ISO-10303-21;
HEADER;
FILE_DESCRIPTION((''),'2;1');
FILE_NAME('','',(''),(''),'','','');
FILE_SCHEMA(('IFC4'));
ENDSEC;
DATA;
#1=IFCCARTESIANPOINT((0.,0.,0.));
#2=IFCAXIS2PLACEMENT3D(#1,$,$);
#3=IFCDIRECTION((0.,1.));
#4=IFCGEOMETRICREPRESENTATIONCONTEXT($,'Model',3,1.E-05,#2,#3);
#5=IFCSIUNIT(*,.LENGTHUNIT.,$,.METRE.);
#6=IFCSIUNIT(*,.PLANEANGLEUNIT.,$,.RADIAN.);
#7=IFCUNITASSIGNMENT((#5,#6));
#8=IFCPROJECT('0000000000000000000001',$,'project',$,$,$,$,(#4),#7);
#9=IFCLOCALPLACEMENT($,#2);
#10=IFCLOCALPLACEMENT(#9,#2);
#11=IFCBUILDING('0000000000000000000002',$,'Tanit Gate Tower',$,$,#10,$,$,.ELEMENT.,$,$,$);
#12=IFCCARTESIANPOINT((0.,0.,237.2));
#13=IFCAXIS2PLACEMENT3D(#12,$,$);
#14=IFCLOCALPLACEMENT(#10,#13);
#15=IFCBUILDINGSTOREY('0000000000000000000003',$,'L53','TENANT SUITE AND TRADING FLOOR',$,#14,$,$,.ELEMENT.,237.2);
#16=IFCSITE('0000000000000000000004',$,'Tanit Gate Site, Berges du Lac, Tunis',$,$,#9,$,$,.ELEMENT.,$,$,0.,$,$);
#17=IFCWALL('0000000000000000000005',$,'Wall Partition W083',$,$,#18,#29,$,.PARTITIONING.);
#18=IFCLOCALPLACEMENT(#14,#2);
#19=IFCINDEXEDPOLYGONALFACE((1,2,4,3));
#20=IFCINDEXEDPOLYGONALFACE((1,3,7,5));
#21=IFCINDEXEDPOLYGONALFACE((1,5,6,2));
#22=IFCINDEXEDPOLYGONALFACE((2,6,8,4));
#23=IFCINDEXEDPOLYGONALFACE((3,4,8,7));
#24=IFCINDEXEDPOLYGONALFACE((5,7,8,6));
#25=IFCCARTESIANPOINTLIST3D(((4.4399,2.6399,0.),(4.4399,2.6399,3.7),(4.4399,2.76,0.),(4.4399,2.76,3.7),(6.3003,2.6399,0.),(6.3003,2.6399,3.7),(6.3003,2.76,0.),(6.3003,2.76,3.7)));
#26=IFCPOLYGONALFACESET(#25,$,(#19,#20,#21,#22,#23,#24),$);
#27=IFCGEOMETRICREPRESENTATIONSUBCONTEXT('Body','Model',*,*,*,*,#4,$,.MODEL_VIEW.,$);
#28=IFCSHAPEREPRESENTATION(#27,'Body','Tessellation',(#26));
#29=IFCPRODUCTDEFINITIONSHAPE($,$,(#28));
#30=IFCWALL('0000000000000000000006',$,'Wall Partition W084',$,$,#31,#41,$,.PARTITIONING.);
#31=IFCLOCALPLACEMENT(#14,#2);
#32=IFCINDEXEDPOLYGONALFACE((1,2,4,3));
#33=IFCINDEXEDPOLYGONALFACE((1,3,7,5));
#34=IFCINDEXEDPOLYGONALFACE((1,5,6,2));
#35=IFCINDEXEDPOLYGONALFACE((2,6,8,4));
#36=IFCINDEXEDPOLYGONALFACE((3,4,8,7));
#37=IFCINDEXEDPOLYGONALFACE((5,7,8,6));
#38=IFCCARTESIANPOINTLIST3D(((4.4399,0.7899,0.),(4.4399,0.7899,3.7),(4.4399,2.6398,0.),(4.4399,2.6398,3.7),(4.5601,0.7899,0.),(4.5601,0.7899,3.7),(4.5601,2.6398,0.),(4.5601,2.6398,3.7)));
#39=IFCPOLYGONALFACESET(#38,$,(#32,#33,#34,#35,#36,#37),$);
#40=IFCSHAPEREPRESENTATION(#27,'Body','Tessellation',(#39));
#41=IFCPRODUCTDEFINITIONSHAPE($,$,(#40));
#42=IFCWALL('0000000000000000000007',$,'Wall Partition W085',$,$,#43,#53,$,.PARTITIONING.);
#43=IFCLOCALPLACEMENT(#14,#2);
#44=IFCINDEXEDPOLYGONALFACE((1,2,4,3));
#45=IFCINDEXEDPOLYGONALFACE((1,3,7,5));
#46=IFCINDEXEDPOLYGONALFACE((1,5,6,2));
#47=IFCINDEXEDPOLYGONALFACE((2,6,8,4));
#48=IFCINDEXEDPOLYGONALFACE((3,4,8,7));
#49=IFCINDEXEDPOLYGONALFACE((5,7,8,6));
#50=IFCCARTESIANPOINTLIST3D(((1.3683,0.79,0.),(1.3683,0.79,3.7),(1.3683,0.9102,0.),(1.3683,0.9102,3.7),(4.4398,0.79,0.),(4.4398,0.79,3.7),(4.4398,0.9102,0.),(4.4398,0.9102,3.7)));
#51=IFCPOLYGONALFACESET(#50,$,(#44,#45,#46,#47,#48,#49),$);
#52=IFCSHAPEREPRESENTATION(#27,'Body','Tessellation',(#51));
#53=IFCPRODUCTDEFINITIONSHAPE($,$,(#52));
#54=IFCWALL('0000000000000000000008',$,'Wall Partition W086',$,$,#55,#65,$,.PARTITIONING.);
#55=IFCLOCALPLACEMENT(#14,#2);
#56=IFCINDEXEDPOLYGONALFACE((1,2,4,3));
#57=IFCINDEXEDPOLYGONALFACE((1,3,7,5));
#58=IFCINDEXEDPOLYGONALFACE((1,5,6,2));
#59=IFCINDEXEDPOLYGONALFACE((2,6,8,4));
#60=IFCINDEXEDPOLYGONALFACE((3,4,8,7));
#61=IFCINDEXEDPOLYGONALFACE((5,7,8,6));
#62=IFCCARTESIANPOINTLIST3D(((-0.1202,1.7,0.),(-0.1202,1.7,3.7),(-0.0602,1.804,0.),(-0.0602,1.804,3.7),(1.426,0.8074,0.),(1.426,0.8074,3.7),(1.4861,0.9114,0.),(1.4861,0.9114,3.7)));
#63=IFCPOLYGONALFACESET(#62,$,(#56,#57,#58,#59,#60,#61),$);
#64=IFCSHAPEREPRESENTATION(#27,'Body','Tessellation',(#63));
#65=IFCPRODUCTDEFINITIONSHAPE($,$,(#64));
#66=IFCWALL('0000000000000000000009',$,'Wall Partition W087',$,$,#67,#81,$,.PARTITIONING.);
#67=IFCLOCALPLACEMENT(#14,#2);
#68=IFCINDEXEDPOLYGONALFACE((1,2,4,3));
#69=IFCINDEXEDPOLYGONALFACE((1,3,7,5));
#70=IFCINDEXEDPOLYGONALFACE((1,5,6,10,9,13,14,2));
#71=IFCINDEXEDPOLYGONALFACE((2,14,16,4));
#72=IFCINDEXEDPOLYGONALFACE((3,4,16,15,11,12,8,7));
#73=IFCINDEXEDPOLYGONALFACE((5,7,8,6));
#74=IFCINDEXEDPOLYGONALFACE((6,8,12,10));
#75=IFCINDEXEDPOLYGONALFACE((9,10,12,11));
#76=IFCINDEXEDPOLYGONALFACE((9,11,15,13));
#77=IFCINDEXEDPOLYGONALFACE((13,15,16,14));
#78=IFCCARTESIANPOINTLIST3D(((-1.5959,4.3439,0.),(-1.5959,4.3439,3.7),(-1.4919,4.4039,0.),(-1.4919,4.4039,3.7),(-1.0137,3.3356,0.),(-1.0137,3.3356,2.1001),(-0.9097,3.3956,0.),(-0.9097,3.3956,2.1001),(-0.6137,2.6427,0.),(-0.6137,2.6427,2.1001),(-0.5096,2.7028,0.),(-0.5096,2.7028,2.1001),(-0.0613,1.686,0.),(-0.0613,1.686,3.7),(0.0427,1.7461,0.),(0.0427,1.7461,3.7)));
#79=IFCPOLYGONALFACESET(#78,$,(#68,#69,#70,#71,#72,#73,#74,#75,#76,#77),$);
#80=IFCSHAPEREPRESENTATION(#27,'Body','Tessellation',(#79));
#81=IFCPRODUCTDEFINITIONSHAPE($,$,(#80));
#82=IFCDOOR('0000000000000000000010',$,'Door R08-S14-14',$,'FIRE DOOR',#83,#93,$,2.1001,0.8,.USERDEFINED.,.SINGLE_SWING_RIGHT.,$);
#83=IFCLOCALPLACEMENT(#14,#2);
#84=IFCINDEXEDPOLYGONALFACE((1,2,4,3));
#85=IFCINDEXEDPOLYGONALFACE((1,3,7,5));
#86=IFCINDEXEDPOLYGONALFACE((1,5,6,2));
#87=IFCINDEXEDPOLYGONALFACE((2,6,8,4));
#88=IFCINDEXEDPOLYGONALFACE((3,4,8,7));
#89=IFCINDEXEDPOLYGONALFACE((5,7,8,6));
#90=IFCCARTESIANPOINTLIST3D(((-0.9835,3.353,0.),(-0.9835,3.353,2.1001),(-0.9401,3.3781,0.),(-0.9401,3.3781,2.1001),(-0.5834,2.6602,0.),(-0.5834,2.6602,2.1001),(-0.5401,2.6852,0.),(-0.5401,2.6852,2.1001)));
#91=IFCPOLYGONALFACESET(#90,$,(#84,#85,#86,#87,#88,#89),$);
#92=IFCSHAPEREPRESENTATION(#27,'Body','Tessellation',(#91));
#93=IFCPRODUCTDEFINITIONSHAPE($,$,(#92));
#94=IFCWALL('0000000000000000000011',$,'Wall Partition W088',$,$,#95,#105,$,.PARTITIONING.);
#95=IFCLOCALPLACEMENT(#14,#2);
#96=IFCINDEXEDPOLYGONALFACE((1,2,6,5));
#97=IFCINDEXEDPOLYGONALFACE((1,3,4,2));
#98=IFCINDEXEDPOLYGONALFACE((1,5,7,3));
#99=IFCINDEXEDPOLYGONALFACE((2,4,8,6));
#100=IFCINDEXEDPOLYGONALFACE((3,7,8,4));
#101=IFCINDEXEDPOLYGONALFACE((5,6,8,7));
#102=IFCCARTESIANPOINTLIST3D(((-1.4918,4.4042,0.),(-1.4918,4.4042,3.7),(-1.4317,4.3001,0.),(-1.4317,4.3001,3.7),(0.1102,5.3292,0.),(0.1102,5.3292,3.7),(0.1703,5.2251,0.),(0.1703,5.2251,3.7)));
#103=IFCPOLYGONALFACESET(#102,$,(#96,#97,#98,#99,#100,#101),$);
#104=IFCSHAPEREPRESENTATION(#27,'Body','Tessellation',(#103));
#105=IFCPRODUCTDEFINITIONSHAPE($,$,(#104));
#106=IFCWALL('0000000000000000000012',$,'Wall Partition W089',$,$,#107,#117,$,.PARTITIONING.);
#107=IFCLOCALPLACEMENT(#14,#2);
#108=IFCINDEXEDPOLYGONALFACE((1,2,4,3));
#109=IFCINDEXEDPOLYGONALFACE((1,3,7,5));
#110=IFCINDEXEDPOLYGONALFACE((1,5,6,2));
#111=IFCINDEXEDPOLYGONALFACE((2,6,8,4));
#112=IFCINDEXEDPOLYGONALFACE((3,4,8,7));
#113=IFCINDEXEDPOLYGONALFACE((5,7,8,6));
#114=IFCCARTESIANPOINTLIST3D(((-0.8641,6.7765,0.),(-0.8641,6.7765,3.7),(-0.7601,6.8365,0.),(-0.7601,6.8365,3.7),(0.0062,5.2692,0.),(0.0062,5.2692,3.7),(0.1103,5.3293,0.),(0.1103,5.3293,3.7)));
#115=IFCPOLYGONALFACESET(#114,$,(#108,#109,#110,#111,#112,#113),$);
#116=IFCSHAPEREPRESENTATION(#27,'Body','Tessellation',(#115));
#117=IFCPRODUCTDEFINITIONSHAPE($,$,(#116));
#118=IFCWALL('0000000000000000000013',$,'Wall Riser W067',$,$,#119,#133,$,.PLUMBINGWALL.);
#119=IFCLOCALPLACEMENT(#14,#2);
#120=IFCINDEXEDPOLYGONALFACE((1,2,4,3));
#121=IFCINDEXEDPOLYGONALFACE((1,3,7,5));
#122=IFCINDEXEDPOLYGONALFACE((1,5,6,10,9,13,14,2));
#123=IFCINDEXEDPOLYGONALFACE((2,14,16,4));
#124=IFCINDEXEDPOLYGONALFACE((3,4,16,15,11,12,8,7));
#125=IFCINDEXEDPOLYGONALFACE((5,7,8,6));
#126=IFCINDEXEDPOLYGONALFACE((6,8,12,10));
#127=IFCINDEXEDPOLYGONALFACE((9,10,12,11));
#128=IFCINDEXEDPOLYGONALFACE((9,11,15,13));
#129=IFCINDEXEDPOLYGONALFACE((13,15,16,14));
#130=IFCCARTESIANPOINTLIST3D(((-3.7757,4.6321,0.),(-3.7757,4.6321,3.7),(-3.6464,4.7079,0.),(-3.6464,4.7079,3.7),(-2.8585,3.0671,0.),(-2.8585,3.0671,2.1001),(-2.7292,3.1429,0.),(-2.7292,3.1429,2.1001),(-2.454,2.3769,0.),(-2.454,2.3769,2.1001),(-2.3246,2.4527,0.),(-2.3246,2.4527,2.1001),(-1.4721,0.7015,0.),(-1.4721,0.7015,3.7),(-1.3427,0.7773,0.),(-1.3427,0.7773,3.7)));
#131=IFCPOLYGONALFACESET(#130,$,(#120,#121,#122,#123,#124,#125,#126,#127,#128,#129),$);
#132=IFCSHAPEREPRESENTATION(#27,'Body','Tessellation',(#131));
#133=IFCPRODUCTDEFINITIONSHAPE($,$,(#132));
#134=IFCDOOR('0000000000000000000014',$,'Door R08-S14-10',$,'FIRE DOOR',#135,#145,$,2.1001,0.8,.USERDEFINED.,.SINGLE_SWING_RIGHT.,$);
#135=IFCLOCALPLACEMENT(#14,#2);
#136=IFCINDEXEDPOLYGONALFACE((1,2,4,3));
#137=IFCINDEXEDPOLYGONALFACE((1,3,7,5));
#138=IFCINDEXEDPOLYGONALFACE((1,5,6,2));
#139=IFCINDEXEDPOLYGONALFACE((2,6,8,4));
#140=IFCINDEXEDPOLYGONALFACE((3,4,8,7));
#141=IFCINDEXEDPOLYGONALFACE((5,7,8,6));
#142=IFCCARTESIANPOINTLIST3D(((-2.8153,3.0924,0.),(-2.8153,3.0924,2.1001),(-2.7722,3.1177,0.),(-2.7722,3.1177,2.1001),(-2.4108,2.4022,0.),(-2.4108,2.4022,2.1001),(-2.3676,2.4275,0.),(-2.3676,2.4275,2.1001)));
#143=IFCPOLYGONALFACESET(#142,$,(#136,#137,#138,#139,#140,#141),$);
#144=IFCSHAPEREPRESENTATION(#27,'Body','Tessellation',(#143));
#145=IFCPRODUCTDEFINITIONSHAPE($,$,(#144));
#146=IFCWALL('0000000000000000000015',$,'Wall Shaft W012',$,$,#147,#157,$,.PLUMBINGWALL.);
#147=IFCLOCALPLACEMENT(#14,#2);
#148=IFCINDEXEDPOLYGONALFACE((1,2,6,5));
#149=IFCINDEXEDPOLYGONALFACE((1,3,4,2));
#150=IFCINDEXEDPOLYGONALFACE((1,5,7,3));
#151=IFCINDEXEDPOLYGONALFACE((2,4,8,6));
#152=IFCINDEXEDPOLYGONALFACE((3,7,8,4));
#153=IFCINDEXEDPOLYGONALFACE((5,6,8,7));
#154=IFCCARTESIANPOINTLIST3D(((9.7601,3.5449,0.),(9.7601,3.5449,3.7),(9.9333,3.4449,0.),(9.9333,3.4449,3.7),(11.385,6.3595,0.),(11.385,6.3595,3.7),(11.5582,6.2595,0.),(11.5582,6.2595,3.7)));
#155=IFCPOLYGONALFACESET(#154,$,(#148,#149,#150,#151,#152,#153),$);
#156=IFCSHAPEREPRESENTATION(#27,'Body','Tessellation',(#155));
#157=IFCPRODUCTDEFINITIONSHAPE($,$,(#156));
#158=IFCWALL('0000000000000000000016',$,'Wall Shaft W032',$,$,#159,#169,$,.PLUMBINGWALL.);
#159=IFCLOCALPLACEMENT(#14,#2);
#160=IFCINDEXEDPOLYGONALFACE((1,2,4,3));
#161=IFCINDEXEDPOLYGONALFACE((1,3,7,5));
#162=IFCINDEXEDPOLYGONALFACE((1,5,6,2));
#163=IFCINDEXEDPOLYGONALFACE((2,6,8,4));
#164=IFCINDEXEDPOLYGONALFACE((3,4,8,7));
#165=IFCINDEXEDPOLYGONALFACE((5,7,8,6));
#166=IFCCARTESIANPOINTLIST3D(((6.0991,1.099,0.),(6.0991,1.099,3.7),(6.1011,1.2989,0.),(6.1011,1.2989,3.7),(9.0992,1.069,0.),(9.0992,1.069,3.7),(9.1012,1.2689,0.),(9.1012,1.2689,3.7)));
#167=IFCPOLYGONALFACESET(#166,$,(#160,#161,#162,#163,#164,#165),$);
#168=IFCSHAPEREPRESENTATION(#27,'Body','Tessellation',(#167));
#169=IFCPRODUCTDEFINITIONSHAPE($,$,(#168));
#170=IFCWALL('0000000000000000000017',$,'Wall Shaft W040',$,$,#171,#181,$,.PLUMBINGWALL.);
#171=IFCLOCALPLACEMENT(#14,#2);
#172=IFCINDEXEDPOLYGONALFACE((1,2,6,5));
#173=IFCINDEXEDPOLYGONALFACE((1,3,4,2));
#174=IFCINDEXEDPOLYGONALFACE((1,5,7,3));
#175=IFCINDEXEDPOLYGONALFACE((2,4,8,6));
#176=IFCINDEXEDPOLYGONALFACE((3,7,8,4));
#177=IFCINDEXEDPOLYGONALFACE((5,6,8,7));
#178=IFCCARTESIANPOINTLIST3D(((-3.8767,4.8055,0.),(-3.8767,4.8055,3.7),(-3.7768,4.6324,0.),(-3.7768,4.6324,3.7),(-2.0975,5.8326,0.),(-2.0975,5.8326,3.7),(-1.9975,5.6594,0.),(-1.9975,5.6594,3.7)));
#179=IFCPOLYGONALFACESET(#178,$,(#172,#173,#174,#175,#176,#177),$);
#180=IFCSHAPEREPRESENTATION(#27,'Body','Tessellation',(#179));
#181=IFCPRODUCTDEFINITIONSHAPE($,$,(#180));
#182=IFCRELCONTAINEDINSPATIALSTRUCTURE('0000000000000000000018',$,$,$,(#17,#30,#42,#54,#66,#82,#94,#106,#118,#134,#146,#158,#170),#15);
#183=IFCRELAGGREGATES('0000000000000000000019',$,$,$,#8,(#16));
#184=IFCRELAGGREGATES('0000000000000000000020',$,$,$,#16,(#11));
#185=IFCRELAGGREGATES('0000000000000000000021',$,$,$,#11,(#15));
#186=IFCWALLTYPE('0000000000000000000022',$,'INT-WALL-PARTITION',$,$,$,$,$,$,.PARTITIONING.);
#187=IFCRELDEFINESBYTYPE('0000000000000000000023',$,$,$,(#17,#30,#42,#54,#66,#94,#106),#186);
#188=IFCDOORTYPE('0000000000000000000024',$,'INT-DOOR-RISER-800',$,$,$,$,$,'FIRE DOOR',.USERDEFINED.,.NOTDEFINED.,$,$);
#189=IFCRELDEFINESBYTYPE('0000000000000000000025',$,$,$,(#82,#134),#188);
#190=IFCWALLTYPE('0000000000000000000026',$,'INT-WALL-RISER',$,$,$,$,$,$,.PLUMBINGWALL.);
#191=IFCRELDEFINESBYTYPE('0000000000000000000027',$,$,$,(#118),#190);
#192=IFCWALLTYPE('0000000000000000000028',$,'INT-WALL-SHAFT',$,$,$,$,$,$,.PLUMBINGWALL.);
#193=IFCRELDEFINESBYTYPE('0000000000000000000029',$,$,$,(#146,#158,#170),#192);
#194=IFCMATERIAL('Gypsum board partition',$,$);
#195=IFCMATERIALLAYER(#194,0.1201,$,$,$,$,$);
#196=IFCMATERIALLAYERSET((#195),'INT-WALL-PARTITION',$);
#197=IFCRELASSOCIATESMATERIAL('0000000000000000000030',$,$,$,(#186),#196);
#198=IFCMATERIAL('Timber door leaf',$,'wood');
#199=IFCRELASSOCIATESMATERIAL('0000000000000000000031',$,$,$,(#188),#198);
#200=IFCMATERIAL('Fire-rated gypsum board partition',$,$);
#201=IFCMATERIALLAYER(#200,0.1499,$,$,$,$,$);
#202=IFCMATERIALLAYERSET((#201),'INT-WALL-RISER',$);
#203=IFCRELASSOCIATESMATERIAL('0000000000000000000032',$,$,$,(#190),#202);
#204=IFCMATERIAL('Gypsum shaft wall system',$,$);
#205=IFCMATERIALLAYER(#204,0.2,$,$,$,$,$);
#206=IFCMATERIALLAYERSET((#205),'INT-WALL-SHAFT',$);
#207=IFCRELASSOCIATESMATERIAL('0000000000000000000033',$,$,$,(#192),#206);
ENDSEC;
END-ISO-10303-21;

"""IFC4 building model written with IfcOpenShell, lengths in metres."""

from ifc_helpers import new_model, si_unit, direction, frame, frame_2d, origin, place, context, subcontext, project, spatial, rectangle, extrude, material, layer, layer_set, type_object, element, fill, save


model = new_model("IFC4")

# Units and contexts
model_context = context("Model", 3, precision=1e-05, world=origin(), true_north=direction((0.0, 1.0)))
body_context = subcontext(model_context, "Body", "Model", "MODEL_VIEW")
ifc_project = project(units=[si_unit("LENGTHUNIT", "METRE"), si_unit("PLANEANGLEUNIT", "RADIAN")], contexts=[model_context])

# Site, building, storey
site_placement = place(None, origin())
site = spatial("IfcSite", under=ifc_project, at=site_placement, Name="Tanit Gate Site, Berges du Lac, Tunis", CompositionType="ELEMENT", RefElevation=0.0)
building_placement = place(site_placement, origin())
building = spatial("IfcBuilding", under=site, at=building_placement, Name="Tanit Gate Tower", CompositionType="ELEMENT")
storey_placement = place(building_placement, frame((0.0, 0.0, 237.2)))
storey = spatial("IfcBuildingStorey", under=building, at=storey_placement, Name="L53", Description="TENANT SUITE AND TRADING FLOOR", CompositionType="ELEMENT", Elevation=237.2)

# Shared definitions
ifc_material_1 = material(Name="Gypsum board partition")
ifc_layer_1 = layer(ifc_material_1, 0.1201)
ifc_layer_set_1 = layer_set([ifc_layer_1], Name="INT-WALL-PARTITION")
wall_type_1 = type_object("IfcWallType", Name="INT-WALL-PARTITION", PredefinedType="PARTITIONING", material=ifc_layer_set_1)

# Shared definitions
ifc_material_2 = material(Name="Timber door leaf", Category="wood")
door_type_1 = type_object("IfcDoorType", Name="INT-DOOR-RISER-800", ElementType="FIRE DOOR", OperationType="NOTDEFINED", PredefinedType="USERDEFINED", material=ifc_material_2)

# Walls
wall_1_placement = place(storey_placement, frame((4.4399, 2.7, 0.0), z_axis=(0.0, 0.0, 1.0), x_axis=(1.0, 0.0, 0.0)))
element("IfcWall", 1, at=wall_1_placement, inside=storey, type_object=wall_type_1, Name="Wall Partition W083", PredefinedType="PARTITIONING", context=body_context, shape_type="SweptSolid", body=[
    extrude(rectangle(XDim=1.8604, YDim=0.1201, at=frame_2d((0.9302, 0.0))), origin(), (0.0, 0.0, 1.0), 3.7),
])
wall_2_placement = place(storey_placement, frame((4.5, 0.79, 0.0), z_axis=(0.0, 0.0, 1.0), x_axis=(0.0, 1.0, 0.0)))
element("IfcWall", 2, at=wall_2_placement, inside=storey, type_object=wall_type_1, Name="Wall Partition W084", PredefinedType="PARTITIONING", context=body_context, shape_type="SweptSolid", body=[
    extrude(rectangle(XDim=1.8499, YDim=0.1201, at=frame_2d((0.9248, 0.0))), origin(), (0.0, 0.0, 1.0), 3.7),
])
wall_3_placement = place(storey_placement, frame((1.3684, 0.8501, 0.0), z_axis=(0.0, 0.0, 1.0), x_axis=(1.0, 0.0, 0.0)))
element("IfcWall", 3, at=wall_3_placement, inside=storey, type_object=wall_type_1, Name="Wall Partition W085", PredefinedType="PARTITIONING", context=body_context, shape_type="SweptSolid", body=[
    extrude(rectangle(XDim=3.0715, YDim=0.1201, at=frame_2d((1.5356, 0.0))), origin(), (0.0, 0.0, 1.0), 3.7),
])
wall_4_placement = place(storey_placement, frame((-0.0901, 1.752, 0.0), z_axis=(0.0, 0.0, 1.0), x_axis=(0.866047, -0.499963, 0.0)))
element("IfcWall", 4, at=wall_4_placement, inside=storey, type_object=wall_type_1, Name="Wall Partition W086", PredefinedType="PARTITIONING", context=body_context, shape_type="SweptSolid", body=[
    extrude(rectangle(XDim=1.7854, YDim=0.1201, at=frame_2d((0.8926, 0.0))), origin(), (0.0, 0.0, 1.0), 3.7),
])

# Wall, opening, door
wall_5_placement = place(storey_placement, frame((-1.5439, 4.374, 0.0), z_axis=(0.0, 0.0, 1.0), x_axis=(0.500023, -0.866012, 0.0)))
wall_5 = element("IfcWall", 5, at=wall_5_placement, inside=storey, type_object=wall_type_1, Name="Wall Partition W087", PredefinedType="PARTITIONING", context=body_context, shape_type="SweptSolid", body=[
    extrude(rectangle(XDim=3.0691, YDim=0.1201, at=frame_2d((1.5347, 0.0))), origin(), (0.0, 0.0, 1.0), 3.7),
])
opening_1_placement = place(wall_5_placement, frame((1.1646, 0.0, 0.0)))
opening_1 = element("IfcOpeningElement", 6, at=opening_1_placement, cuts=wall_5, PredefinedType="OPENING", context=body_context, shape_type="SweptSolid", body=[
    extrude(rectangle(XDim=0.8, YDim=2.1001, at=frame_2d((0.3999, 1.05))), frame((0.0, 0.0701, 0.0), z_axis=(0.0, -1.0, 0.0), x_axis=(1.0, 0.0, 0.0)), (0.0, 0.0, 1.0), 0.1401),
])
door_1_placement = place(opening_1_placement, origin())
door_1 = element("IfcDoor", 7, at=door_1_placement, inside=storey, type_object=door_type_1, Name="Door R08-S14-14", ObjectType="FIRE DOOR", OperationType="SINGLE_SWING_RIGHT", OverallHeight=2.1001, OverallWidth=0.8, PredefinedType="USERDEFINED", context=body_context, shape_type="SweptSolid", body=[
    extrude(rectangle(XDim=0.8, YDim=2.1001, at=frame_2d((0.3999, 1.05))), frame((0.0, 0.0249, 0.0), z_axis=(0.0, -1.0, 0.0), x_axis=(1.0, 0.0, 0.0)), (0.0, 0.0, 1.0), 0.05),
])
fill(opening_1, door_1)

# Walls
wall_6_placement = place(storey_placement, frame((0.1401, 5.2771, 0.0), z_axis=(0.0, 0.0, 1.0), x_axis=(-0.866001, -0.500042, 0.0)))
element("IfcWall", 8, at=wall_6_placement, inside=storey, type_object=wall_type_1, Name="Wall Partition W088", PredefinedType="PARTITIONING", context=body_context, shape_type="SweptSolid", body=[
    extrude(rectangle(XDim=1.8499, YDim=0.1201, at=frame_2d((0.9248, 0.0))), origin(), (0.0, 0.0, 1.0), 3.7),
])
wall_7_placement = place(storey_placement, frame((-0.812, 6.8064, 0.0), z_axis=(0.0, 0.0, 1.0), x_axis=(0.500046, -0.865999, 0.0)))
element("IfcWall", 9, at=wall_7_placement, inside=storey, type_object=wall_type_1, Name="Wall Partition W089", PredefinedType="PARTITIONING", context=body_context, shape_type="SweptSolid", body=[
    extrude(rectangle(XDim=1.7405, YDim=0.1201, at=frame_2d((0.8701, 0.0))), origin(), (0.0, 0.0, 1.0), 3.7),
])

# Wall, opening, door
ifc_material_3 = material(Name="Fire-rated gypsum board partition")
ifc_layer_2 = layer(ifc_material_3, 0.1499)
ifc_layer_set_2 = layer_set([ifc_layer_2], Name="INT-WALL-RISER")
wall_type_2 = type_object("IfcWallType", Name="INT-WALL-RISER", PredefinedType="PLUMBINGWALL", material=ifc_layer_set_2)
wall_8_placement = place(storey_placement, frame((-1.4075, 0.7395, 0.0), z_axis=(0.0, 0.0, 1.0), x_axis=(-0.505642, 0.862743, 0.0)))
wall_8 = element("IfcWall", 10, at=wall_8_placement, inside=storey, type_object=wall_type_2, Name="Wall Riser W067", PredefinedType="PLUMBINGWALL", context=body_context, shape_type="SweptSolid", body=[
    extrude(rectangle(XDim=4.5559, YDim=0.1499, at=frame_2d((2.2778, 0.0))), origin(), (0.0, 0.0, 1.0), 3.7),
])
opening_2_placement = place(wall_8_placement, frame((1.9419, 0.0, 0.0)))
opening_2 = element("IfcOpeningElement", 11, at=opening_2_placement, cuts=wall_8, PredefinedType="OPENING", context=body_context, shape_type="SweptSolid", body=[
    extrude(rectangle(XDim=0.8, YDim=2.1001, at=frame_2d((0.3999, 1.05))), frame((0.0, 0.085, 0.0), z_axis=(0.0, -1.0, 0.0), x_axis=(1.0, 0.0, 0.0)), (0.0, 0.0, 1.0), 0.1699),
])
door_2_placement = place(opening_2_placement, origin())
door_2 = element("IfcDoor", 12, at=door_2_placement, inside=storey, type_object=door_type_1, Name="Door R08-S14-10", ObjectType="FIRE DOOR", OperationType="SINGLE_SWING_RIGHT", OverallHeight=2.1001, OverallWidth=0.8, PredefinedType="USERDEFINED", context=body_context, shape_type="SweptSolid", body=[
    extrude(rectangle(XDim=0.8, YDim=2.1001, at=frame_2d((0.3999, 1.05))), frame((0.0, 0.0249, 0.0), z_axis=(0.0, -1.0, 0.0), x_axis=(1.0, 0.0, 0.0)), (0.0, 0.0, 1.0), 0.05),
])
fill(opening_2, door_2)

# Wall
ifc_material_4 = material(Name="Gypsum shaft wall system")
ifc_layer_3 = layer(ifc_material_4, 0.2)
ifc_layer_set_3 = layer_set([ifc_layer_3], Name="INT-WALL-SHAFT")
wall_type_3 = type_object("IfcWallType", Name="INT-WALL-SHAFT", PredefinedType="PLUMBINGWALL", material=ifc_layer_set_3)
wall_9_placement = place(storey_placement, frame((9.8467, 3.4949, 0.0), z_axis=(0.0, 0.0, 1.0), x_axis=(0.499985, 0.866034, 0.0)))
element("IfcWall", 13, at=wall_9_placement, inside=storey, type_object=wall_type_3, Name="Wall Shaft W012", PredefinedType="PLUMBINGWALL", context=body_context, shape_type="SweptSolid", body=[
    extrude(rectangle(XDim=3.25, YDim=0.2, at=frame_2d((1.625, 0.0))), origin(), (0.0, 0.0, 1.0), 3.7),
])

# Walls
wall_10_placement = place(storey_placement, frame((9.1001, 1.1689, 0.0), z_axis=(0.0, 0.0, 1.0), x_axis=(-0.99995, 0.010009, 0.0)))
element("IfcWall", 14, at=wall_10_placement, inside=storey, type_object=wall_type_3, Name="Wall Shaft W032", PredefinedType="PLUMBINGWALL", context=body_context, shape_type="SweptSolid", body=[
    extrude(rectangle(XDim=3.0002, YDim=0.2, at=frame_2d((1.5, 0.0))), origin(), (0.0, 0.0, 1.0), 3.7),
])
wall_11_placement = place(storey_placement, frame((-2.0474, 5.7461, 0.0), z_axis=(0.0, 0.0, 1.0), x_axis=(-0.866063, -0.499935, 0.0)))
element("IfcWall", 15, at=wall_11_placement, inside=storey, type_object=wall_type_3, Name="Wall Shaft W040", PredefinedType="PLUMBINGWALL", context=body_context, shape_type="SweptSolid", body=[
    extrude(rectangle(XDim=2.0544, YDim=0.2, at=frame_2d((1.0273, 0.0))), origin(), (0.0, 0.0, 1.0), 3.7),
])

save(model, "model.ifc")
